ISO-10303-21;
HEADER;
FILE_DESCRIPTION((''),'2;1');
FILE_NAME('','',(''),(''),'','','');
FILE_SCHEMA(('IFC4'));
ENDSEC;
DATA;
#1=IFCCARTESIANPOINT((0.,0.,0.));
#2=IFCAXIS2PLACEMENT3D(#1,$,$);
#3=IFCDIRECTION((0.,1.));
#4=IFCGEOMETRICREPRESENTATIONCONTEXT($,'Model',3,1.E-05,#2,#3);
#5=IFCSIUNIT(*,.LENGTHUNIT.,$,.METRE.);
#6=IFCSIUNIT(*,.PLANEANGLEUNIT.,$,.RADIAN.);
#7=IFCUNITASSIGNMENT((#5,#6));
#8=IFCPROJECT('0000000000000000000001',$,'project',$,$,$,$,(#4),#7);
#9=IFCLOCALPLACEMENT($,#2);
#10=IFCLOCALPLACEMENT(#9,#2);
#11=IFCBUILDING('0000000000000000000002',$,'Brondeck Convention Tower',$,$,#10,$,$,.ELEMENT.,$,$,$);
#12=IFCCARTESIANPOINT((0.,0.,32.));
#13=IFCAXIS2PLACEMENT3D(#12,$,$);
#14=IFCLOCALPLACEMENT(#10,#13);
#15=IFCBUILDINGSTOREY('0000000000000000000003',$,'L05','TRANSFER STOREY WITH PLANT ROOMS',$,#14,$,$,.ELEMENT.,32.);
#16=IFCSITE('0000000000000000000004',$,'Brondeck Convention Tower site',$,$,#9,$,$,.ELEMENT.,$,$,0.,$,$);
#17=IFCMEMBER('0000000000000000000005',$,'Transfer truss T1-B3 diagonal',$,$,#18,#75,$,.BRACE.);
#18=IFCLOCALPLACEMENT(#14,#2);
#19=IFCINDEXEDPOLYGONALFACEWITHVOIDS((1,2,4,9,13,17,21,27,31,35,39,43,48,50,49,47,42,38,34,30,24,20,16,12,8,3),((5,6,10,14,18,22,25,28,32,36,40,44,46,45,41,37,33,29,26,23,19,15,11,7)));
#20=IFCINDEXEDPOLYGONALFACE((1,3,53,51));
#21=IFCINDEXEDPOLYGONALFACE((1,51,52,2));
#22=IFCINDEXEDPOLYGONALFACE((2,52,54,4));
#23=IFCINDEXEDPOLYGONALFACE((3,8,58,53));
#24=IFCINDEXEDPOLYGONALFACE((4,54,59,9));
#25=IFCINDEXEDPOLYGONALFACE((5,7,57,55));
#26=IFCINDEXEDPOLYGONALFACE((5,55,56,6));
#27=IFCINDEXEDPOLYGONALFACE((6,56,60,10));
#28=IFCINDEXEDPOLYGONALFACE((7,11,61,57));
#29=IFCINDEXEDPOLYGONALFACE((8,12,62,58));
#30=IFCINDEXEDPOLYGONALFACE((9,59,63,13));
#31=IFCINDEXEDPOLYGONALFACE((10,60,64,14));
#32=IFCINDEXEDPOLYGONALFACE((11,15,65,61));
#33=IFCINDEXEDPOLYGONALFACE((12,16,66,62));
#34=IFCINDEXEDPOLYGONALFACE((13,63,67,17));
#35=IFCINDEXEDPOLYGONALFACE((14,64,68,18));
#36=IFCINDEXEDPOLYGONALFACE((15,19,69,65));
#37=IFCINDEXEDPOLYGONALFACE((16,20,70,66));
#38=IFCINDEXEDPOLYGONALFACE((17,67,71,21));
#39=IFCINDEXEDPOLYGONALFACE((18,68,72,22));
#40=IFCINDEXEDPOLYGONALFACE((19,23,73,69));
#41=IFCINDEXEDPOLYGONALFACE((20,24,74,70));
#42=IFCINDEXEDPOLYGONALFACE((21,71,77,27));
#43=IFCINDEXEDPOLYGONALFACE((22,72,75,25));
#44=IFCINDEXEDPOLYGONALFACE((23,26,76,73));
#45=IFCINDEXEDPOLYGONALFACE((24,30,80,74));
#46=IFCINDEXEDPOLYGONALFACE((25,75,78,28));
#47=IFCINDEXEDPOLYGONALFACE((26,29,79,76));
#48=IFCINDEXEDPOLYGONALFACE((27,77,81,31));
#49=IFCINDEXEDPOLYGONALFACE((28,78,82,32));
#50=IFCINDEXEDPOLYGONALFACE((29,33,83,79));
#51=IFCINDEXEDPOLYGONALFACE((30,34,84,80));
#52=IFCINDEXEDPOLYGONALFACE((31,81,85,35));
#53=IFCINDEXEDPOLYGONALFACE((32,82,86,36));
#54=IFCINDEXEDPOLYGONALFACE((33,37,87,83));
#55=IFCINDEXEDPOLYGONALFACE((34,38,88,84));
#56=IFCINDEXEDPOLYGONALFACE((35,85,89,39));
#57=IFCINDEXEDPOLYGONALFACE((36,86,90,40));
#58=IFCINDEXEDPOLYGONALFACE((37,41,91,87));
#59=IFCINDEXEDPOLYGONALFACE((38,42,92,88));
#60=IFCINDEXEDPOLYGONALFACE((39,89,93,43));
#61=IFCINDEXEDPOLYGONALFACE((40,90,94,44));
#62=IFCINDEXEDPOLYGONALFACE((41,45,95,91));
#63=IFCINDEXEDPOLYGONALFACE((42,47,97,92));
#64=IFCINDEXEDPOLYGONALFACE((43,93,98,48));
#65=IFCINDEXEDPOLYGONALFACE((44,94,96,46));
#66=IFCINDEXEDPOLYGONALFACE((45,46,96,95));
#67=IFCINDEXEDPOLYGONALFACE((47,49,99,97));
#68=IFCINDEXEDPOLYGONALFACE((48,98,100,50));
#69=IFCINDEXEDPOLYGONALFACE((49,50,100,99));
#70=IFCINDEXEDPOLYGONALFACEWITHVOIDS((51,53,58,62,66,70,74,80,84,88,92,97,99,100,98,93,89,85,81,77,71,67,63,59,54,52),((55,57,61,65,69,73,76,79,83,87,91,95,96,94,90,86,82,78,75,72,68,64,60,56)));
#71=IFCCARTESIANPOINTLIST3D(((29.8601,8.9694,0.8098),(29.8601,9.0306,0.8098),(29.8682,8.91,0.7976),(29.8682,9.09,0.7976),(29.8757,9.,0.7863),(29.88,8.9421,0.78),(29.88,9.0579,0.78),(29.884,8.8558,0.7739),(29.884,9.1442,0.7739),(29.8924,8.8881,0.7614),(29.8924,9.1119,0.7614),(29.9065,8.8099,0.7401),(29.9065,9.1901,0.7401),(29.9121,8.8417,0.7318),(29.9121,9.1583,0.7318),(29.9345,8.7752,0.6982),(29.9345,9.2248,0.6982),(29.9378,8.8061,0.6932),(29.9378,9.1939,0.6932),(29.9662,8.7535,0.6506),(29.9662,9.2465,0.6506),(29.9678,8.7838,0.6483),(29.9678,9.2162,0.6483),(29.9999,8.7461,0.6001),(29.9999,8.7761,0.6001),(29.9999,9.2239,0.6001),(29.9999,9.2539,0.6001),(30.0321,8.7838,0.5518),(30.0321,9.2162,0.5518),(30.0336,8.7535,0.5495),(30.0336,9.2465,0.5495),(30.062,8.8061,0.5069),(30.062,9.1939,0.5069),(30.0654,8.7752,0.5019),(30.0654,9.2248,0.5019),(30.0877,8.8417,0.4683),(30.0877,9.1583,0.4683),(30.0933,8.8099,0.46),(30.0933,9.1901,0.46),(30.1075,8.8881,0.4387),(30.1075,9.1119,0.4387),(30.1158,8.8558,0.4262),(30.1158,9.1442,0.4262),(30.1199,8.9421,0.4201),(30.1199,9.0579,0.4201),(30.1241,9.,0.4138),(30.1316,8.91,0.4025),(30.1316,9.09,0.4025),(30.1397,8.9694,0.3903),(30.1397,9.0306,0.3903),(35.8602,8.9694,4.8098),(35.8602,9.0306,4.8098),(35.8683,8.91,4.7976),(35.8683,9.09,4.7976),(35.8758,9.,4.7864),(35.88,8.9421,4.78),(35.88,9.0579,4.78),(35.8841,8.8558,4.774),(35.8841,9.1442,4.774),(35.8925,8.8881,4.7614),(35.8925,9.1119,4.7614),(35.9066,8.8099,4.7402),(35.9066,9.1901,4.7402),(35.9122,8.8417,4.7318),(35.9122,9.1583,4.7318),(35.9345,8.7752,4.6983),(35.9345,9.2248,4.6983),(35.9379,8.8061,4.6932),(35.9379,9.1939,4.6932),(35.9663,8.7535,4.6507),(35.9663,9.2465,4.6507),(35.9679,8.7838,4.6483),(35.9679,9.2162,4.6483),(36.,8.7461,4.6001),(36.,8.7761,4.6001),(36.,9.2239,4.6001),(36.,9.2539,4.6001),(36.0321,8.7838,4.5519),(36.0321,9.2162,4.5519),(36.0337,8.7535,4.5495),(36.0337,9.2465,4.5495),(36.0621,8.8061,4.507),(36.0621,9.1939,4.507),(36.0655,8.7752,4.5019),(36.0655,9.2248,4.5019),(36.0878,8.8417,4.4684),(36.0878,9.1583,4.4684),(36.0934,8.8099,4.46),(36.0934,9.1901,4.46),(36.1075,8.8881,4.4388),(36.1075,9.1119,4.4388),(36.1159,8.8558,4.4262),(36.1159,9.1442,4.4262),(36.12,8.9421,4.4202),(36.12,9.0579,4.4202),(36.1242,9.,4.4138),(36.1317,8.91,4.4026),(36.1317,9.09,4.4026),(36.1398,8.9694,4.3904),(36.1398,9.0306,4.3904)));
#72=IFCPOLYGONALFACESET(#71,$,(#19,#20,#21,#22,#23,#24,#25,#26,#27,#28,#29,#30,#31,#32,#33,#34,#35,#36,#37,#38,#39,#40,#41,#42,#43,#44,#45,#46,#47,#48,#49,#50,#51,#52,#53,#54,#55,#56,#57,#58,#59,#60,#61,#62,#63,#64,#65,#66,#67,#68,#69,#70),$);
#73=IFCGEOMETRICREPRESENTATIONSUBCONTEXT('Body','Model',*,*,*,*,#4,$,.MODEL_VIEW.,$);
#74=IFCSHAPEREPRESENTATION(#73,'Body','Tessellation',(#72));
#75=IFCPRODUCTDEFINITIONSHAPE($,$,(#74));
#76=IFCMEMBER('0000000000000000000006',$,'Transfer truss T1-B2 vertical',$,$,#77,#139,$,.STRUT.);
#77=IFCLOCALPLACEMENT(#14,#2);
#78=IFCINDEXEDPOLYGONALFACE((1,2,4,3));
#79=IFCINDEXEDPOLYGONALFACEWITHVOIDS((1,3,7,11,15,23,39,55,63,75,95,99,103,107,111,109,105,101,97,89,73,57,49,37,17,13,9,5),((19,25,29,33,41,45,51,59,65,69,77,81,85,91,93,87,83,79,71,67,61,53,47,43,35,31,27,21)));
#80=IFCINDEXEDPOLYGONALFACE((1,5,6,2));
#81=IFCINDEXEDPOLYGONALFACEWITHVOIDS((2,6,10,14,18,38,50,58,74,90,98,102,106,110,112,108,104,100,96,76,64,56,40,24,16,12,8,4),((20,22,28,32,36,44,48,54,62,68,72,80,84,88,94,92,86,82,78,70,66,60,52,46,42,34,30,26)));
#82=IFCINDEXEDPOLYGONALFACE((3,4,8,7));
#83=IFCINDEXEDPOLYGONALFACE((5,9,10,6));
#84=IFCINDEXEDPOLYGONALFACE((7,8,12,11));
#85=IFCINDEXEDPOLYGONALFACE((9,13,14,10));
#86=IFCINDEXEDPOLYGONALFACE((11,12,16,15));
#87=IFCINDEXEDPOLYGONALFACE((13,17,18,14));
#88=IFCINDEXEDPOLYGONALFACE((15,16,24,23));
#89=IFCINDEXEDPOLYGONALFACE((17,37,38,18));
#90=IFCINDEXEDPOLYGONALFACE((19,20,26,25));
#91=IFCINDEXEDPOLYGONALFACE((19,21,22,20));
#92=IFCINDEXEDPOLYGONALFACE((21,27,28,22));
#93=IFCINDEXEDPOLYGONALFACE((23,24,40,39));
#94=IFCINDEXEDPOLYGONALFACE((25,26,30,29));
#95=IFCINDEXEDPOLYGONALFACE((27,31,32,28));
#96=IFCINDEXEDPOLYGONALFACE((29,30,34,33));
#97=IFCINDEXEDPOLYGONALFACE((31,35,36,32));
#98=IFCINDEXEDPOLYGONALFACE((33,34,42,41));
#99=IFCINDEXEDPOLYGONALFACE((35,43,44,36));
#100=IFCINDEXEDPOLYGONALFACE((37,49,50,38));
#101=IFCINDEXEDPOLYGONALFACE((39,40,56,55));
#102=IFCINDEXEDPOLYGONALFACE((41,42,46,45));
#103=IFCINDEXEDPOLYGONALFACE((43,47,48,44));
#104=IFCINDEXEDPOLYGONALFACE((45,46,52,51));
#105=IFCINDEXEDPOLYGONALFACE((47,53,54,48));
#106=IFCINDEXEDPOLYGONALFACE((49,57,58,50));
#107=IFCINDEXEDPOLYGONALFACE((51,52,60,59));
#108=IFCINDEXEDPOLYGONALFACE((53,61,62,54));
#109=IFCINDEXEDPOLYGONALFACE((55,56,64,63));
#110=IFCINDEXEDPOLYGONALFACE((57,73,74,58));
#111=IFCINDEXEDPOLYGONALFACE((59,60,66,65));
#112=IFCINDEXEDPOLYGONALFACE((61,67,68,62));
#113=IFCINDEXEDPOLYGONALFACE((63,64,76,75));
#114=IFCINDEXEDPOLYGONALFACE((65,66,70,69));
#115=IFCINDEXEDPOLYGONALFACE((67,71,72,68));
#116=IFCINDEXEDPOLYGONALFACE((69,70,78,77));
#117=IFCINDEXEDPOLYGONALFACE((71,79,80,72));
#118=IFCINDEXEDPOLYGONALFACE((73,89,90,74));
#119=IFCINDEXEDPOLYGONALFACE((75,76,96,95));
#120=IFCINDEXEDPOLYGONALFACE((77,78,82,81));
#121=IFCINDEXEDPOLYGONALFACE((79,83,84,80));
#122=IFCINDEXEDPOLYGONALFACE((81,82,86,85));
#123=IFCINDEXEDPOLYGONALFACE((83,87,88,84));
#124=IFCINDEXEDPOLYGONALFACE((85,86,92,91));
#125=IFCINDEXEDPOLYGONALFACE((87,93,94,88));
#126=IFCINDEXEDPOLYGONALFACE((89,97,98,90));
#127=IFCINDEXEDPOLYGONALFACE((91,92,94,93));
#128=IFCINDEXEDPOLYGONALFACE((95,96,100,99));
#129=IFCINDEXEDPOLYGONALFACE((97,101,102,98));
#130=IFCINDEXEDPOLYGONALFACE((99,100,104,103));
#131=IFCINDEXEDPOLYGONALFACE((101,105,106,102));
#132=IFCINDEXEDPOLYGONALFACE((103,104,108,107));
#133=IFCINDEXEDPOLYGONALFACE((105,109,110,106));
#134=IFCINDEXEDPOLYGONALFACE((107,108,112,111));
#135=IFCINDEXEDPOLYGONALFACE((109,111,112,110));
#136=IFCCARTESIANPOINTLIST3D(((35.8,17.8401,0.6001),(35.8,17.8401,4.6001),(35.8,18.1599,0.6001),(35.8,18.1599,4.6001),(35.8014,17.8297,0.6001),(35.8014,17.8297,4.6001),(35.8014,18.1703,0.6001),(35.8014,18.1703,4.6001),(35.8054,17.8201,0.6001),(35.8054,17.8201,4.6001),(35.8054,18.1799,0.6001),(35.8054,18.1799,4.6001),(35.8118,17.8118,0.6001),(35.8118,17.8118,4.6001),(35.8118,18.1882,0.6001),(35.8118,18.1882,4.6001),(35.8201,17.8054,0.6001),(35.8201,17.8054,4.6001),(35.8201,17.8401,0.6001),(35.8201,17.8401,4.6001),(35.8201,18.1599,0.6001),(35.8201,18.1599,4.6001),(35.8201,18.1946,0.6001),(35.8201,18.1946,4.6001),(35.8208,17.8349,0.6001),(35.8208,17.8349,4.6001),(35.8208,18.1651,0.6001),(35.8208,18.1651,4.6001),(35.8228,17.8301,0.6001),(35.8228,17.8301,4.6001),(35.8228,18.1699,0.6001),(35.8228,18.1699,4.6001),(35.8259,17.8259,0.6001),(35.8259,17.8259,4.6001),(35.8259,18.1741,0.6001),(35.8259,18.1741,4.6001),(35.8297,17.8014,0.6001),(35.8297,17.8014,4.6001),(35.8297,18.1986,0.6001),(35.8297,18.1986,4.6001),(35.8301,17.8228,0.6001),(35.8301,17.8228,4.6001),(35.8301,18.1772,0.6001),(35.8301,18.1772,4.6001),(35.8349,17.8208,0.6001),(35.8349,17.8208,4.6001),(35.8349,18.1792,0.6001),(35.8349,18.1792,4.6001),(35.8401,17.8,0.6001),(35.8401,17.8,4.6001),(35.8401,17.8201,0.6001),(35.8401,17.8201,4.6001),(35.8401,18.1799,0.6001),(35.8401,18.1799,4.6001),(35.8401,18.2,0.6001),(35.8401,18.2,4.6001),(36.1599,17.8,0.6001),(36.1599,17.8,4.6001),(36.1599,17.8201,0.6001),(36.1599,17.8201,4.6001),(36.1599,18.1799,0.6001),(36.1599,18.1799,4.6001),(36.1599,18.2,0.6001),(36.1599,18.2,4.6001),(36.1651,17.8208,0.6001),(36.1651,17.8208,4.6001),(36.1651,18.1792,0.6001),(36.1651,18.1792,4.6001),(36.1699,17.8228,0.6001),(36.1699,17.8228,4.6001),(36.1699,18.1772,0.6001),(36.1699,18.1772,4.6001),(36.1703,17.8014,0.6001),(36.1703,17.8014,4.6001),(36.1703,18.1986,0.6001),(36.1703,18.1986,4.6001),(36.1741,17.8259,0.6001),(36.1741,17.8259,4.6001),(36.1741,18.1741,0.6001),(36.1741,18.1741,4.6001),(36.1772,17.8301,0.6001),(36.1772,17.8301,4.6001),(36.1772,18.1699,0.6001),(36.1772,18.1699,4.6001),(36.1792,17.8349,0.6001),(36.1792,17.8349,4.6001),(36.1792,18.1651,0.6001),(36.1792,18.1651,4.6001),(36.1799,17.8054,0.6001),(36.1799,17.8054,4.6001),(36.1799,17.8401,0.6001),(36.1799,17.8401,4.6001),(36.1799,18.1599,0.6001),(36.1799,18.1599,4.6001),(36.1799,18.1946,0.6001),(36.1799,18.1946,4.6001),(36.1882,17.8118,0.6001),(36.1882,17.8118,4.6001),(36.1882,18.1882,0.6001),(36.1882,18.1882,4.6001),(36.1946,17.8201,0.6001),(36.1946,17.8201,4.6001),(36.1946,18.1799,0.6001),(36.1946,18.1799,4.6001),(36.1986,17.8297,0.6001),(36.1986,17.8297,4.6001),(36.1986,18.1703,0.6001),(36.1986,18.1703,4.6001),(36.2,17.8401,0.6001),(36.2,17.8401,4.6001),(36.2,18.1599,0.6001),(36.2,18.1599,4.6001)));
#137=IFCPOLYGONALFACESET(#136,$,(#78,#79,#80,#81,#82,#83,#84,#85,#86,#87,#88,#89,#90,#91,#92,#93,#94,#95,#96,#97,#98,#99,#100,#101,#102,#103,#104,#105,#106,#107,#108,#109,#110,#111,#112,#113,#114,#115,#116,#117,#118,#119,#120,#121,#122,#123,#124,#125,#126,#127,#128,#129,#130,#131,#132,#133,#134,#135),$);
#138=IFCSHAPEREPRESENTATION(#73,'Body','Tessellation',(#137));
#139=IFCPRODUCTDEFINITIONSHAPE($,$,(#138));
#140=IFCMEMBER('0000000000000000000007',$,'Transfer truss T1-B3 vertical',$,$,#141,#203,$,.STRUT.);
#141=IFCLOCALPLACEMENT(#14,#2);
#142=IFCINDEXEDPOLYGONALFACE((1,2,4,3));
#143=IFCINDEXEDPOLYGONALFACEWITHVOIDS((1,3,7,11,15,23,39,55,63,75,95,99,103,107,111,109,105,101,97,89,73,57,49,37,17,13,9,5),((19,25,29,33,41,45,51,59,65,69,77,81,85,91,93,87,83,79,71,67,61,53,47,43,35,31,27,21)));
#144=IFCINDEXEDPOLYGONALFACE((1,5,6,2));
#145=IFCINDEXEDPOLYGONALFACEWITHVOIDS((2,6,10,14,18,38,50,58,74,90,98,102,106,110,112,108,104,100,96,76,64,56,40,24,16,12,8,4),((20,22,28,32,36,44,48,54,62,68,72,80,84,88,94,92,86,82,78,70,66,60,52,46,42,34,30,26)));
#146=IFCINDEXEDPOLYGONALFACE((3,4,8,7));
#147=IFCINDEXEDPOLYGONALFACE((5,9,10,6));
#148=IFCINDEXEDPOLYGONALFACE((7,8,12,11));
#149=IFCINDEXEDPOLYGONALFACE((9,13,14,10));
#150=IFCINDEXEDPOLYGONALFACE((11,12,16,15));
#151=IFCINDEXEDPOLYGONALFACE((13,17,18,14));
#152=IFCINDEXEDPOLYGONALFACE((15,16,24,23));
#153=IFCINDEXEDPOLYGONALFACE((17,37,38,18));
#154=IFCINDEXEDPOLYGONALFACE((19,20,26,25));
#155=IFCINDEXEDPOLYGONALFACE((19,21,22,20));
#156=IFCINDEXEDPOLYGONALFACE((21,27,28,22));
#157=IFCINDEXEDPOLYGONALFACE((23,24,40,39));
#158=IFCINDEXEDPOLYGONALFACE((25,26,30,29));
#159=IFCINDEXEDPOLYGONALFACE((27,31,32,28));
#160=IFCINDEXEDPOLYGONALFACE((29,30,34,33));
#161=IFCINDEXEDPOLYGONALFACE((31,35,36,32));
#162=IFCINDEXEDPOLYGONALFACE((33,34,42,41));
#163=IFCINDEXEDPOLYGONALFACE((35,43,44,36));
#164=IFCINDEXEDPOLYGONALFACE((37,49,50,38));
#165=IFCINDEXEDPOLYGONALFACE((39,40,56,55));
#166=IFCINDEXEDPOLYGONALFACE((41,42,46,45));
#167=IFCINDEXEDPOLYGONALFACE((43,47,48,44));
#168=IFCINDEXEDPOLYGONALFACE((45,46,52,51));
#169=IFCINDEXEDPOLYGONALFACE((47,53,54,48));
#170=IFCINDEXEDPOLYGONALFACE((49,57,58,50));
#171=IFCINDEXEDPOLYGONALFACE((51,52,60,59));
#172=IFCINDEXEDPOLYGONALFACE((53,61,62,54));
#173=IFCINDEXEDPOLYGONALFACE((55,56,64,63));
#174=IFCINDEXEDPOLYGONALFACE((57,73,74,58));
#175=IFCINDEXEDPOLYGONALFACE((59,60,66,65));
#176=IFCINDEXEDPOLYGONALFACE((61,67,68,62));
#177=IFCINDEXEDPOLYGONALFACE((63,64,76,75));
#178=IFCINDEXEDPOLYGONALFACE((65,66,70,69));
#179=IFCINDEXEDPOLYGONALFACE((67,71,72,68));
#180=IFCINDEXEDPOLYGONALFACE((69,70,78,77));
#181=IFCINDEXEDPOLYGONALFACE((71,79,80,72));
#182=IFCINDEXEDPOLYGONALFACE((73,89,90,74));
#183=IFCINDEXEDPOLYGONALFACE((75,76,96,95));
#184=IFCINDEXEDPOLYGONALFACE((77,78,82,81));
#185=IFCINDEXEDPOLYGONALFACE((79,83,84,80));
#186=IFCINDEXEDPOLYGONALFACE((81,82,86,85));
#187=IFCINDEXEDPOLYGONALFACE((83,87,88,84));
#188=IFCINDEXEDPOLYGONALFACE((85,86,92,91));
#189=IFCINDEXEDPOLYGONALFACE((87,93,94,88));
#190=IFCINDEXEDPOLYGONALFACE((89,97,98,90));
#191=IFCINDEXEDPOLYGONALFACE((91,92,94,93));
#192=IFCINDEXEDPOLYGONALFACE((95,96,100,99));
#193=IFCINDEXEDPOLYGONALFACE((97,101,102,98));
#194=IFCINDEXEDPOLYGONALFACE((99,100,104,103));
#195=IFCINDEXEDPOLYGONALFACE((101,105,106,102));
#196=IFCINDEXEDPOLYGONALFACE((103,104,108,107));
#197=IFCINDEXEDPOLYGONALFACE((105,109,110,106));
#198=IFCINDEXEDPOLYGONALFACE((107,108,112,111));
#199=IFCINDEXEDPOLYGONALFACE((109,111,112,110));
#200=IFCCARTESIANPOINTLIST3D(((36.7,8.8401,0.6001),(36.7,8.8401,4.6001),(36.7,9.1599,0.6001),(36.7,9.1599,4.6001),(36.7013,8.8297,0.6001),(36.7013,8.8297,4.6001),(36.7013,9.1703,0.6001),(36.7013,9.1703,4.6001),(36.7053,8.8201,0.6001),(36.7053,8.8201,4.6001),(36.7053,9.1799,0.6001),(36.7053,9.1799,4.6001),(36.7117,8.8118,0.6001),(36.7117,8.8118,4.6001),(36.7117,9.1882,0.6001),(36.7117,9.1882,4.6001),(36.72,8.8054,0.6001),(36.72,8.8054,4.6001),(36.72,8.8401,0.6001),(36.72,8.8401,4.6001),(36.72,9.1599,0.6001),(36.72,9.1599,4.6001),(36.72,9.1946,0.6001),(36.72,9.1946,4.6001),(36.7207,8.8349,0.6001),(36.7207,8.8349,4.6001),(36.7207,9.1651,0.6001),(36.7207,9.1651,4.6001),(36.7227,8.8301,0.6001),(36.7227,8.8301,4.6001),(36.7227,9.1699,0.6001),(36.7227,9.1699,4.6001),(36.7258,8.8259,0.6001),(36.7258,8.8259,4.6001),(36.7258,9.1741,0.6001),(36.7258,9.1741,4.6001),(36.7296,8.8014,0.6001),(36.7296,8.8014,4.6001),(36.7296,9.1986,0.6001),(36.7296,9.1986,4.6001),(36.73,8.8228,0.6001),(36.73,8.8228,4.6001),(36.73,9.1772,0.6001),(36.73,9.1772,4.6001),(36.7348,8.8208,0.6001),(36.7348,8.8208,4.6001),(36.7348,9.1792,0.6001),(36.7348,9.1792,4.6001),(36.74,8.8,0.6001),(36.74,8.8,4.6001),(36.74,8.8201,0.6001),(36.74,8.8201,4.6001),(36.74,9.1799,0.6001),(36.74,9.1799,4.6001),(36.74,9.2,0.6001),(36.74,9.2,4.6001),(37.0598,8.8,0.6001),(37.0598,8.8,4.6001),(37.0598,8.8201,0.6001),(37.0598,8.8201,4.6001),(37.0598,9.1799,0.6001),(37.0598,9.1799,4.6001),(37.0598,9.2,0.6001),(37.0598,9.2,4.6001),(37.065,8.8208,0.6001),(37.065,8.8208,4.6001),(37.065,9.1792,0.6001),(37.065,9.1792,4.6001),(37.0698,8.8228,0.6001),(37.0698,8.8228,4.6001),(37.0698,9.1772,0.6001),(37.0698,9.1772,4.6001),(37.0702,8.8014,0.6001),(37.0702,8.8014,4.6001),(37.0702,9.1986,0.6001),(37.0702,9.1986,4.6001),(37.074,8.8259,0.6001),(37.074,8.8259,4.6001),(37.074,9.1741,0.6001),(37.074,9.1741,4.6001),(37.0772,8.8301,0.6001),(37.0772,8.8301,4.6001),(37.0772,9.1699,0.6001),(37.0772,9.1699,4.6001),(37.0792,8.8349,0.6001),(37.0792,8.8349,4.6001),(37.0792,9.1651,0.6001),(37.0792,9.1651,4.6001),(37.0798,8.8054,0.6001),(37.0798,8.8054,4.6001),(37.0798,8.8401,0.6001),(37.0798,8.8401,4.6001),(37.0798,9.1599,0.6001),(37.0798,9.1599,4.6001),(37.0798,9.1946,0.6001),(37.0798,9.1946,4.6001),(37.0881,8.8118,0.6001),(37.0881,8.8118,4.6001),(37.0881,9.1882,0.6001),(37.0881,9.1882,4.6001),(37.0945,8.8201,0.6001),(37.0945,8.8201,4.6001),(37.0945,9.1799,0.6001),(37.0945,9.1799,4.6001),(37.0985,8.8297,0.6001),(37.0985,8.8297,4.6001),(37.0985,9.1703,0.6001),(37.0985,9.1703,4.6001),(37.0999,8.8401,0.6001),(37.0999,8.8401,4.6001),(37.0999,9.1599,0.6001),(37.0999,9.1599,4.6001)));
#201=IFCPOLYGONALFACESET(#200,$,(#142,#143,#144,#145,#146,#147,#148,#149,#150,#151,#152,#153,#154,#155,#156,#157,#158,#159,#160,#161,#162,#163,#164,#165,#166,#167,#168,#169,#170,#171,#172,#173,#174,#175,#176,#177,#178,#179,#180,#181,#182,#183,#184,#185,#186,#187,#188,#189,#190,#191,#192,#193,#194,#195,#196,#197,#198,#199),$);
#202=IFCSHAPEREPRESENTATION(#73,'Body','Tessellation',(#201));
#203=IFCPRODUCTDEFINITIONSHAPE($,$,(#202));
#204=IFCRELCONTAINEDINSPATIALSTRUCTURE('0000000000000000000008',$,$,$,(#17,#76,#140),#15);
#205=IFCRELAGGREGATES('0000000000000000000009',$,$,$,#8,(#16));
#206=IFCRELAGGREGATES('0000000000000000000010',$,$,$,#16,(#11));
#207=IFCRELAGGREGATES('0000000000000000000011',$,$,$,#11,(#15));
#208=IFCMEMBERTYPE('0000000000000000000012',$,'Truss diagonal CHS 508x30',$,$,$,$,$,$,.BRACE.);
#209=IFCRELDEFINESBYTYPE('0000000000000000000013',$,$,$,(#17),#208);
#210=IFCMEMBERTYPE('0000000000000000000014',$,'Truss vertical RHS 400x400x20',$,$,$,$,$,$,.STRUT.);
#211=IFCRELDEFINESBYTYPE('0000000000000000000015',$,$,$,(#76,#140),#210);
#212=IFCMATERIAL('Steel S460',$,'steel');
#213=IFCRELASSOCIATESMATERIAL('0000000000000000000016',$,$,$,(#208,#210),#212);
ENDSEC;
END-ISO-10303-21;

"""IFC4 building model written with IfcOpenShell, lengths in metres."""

from ifc_helpers import new_model, si_unit, direction, frame, origin, origin_2d, place, context, subcontext, project, spatial, hollow_rectangle, hollow_circle, extrude, material, material_profile, profile_set, type_object, element, save


model = new_model("IFC4")

# Units and contexts
model_context = context("Model", 3, precision=1e-05, world=origin(), true_north=direction((0.0, 1.0)))
body_context = subcontext(model_context, "Body", "Model", "MODEL_VIEW")
ifc_project = project(units=[si_unit("LENGTHUNIT", "METRE"), si_unit("PLANEANGLEUNIT", "RADIAN")], contexts=[model_context])

# Site, building, storey
site_placement = place(None, origin())
site = spatial("IfcSite", under=ifc_project, at=site_placement, Name="Brondeck Convention Tower site", CompositionType="ELEMENT", RefElevation=0.0)
building_placement = place(site_placement, origin())
building = spatial("IfcBuilding", under=site, at=building_placement, Name="Brondeck Convention Tower", CompositionType="ELEMENT")
storey_placement = place(building_placement, frame((0.0, 0.0, 32.0)))
storey = spatial("IfcBuildingStorey", under=building, at=storey_placement, Name="L05", Description="TRANSFER STOREY WITH PLANT ROOMS", CompositionType="ELEMENT", Elevation=32.0)

# Shared definitions
ifc_material_1 = material(Name="Steel S460", Category="steel")

# Members
ifc_material_profile_1 = material_profile(ifc_material_1, hollow_circle(Radius=0.2539, WallThickness=0.03, at=origin_2d()), Name="CHS 508x30")
ifc_profile_set_1 = profile_set([ifc_material_profile_1], Name="Steel S460")
member_type_1 = type_object("IfcMemberType", Name="Truss diagonal CHS 508x30", PredefinedType="BRACE", material=ifc_profile_set_1)
member_1_placement = place(storey_placement, frame((36.0, 9.0, 4.6001), z_axis=(-0.83205, 0.0, -0.5547), x_axis=(0.0, -1.0, 0.0)))
element("IfcMember", 1, at=member_1_placement, inside=storey, type_object=member_type_1, Name="Transfer truss T1-B3 diagonal", PredefinedType="BRACE", context=body_context, shape_type="SweptSolid", body=[
    extrude(hollow_circle(Radius=0.2539, WallThickness=0.03, at=origin_2d()), origin(), (0.0, 0.0, 1.0), 7.2112),
])
ifc_material_profile_2 = material_profile(ifc_material_1, hollow_rectangle(XDim=0.3999, YDim=0.3999, WallThickness=0.02, InnerFilletRadius=0.02, OuterFilletRadius=0.04, at=origin_2d()), Name="RHS 400x400x20")
ifc_profile_set_2 = profile_set([ifc_material_profile_2], Name="Steel S460")
member_type_2 = type_object("IfcMemberType", Name="Truss vertical RHS 400x400x20", PredefinedType="STRUT", material=ifc_profile_set_2)
for number, where, z_axis, x_axis, name in (
    (2, (36.0, 18.0, 0.6001), (0.0, 0.0, 1.0), (1.0, 0.0, 0.0), "Transfer truss T1-B2 vertical"),
    (3, (36.8999, 9.0, 0.6001), (0.0, 0.0, 1.0), (1.0, 0.0, 0.0), "Transfer truss T1-B3 vertical"),
):
    element("IfcMember", number, at=place(storey_placement, frame(where, z_axis=z_axis, x_axis=x_axis)), inside=storey, type_object=member_type_2, Name=name, PredefinedType="STRUT", context=body_context, shape_type="SweptSolid", body=[
        extrude(hollow_rectangle(XDim=0.3999, YDim=0.3999, WallThickness=0.02, InnerFilletRadius=0.02, OuterFilletRadius=0.04, at=origin_2d()), origin(), (0.0, 0.0, 1.0), 4.0),
    ])

save(model, "model.ifc")
